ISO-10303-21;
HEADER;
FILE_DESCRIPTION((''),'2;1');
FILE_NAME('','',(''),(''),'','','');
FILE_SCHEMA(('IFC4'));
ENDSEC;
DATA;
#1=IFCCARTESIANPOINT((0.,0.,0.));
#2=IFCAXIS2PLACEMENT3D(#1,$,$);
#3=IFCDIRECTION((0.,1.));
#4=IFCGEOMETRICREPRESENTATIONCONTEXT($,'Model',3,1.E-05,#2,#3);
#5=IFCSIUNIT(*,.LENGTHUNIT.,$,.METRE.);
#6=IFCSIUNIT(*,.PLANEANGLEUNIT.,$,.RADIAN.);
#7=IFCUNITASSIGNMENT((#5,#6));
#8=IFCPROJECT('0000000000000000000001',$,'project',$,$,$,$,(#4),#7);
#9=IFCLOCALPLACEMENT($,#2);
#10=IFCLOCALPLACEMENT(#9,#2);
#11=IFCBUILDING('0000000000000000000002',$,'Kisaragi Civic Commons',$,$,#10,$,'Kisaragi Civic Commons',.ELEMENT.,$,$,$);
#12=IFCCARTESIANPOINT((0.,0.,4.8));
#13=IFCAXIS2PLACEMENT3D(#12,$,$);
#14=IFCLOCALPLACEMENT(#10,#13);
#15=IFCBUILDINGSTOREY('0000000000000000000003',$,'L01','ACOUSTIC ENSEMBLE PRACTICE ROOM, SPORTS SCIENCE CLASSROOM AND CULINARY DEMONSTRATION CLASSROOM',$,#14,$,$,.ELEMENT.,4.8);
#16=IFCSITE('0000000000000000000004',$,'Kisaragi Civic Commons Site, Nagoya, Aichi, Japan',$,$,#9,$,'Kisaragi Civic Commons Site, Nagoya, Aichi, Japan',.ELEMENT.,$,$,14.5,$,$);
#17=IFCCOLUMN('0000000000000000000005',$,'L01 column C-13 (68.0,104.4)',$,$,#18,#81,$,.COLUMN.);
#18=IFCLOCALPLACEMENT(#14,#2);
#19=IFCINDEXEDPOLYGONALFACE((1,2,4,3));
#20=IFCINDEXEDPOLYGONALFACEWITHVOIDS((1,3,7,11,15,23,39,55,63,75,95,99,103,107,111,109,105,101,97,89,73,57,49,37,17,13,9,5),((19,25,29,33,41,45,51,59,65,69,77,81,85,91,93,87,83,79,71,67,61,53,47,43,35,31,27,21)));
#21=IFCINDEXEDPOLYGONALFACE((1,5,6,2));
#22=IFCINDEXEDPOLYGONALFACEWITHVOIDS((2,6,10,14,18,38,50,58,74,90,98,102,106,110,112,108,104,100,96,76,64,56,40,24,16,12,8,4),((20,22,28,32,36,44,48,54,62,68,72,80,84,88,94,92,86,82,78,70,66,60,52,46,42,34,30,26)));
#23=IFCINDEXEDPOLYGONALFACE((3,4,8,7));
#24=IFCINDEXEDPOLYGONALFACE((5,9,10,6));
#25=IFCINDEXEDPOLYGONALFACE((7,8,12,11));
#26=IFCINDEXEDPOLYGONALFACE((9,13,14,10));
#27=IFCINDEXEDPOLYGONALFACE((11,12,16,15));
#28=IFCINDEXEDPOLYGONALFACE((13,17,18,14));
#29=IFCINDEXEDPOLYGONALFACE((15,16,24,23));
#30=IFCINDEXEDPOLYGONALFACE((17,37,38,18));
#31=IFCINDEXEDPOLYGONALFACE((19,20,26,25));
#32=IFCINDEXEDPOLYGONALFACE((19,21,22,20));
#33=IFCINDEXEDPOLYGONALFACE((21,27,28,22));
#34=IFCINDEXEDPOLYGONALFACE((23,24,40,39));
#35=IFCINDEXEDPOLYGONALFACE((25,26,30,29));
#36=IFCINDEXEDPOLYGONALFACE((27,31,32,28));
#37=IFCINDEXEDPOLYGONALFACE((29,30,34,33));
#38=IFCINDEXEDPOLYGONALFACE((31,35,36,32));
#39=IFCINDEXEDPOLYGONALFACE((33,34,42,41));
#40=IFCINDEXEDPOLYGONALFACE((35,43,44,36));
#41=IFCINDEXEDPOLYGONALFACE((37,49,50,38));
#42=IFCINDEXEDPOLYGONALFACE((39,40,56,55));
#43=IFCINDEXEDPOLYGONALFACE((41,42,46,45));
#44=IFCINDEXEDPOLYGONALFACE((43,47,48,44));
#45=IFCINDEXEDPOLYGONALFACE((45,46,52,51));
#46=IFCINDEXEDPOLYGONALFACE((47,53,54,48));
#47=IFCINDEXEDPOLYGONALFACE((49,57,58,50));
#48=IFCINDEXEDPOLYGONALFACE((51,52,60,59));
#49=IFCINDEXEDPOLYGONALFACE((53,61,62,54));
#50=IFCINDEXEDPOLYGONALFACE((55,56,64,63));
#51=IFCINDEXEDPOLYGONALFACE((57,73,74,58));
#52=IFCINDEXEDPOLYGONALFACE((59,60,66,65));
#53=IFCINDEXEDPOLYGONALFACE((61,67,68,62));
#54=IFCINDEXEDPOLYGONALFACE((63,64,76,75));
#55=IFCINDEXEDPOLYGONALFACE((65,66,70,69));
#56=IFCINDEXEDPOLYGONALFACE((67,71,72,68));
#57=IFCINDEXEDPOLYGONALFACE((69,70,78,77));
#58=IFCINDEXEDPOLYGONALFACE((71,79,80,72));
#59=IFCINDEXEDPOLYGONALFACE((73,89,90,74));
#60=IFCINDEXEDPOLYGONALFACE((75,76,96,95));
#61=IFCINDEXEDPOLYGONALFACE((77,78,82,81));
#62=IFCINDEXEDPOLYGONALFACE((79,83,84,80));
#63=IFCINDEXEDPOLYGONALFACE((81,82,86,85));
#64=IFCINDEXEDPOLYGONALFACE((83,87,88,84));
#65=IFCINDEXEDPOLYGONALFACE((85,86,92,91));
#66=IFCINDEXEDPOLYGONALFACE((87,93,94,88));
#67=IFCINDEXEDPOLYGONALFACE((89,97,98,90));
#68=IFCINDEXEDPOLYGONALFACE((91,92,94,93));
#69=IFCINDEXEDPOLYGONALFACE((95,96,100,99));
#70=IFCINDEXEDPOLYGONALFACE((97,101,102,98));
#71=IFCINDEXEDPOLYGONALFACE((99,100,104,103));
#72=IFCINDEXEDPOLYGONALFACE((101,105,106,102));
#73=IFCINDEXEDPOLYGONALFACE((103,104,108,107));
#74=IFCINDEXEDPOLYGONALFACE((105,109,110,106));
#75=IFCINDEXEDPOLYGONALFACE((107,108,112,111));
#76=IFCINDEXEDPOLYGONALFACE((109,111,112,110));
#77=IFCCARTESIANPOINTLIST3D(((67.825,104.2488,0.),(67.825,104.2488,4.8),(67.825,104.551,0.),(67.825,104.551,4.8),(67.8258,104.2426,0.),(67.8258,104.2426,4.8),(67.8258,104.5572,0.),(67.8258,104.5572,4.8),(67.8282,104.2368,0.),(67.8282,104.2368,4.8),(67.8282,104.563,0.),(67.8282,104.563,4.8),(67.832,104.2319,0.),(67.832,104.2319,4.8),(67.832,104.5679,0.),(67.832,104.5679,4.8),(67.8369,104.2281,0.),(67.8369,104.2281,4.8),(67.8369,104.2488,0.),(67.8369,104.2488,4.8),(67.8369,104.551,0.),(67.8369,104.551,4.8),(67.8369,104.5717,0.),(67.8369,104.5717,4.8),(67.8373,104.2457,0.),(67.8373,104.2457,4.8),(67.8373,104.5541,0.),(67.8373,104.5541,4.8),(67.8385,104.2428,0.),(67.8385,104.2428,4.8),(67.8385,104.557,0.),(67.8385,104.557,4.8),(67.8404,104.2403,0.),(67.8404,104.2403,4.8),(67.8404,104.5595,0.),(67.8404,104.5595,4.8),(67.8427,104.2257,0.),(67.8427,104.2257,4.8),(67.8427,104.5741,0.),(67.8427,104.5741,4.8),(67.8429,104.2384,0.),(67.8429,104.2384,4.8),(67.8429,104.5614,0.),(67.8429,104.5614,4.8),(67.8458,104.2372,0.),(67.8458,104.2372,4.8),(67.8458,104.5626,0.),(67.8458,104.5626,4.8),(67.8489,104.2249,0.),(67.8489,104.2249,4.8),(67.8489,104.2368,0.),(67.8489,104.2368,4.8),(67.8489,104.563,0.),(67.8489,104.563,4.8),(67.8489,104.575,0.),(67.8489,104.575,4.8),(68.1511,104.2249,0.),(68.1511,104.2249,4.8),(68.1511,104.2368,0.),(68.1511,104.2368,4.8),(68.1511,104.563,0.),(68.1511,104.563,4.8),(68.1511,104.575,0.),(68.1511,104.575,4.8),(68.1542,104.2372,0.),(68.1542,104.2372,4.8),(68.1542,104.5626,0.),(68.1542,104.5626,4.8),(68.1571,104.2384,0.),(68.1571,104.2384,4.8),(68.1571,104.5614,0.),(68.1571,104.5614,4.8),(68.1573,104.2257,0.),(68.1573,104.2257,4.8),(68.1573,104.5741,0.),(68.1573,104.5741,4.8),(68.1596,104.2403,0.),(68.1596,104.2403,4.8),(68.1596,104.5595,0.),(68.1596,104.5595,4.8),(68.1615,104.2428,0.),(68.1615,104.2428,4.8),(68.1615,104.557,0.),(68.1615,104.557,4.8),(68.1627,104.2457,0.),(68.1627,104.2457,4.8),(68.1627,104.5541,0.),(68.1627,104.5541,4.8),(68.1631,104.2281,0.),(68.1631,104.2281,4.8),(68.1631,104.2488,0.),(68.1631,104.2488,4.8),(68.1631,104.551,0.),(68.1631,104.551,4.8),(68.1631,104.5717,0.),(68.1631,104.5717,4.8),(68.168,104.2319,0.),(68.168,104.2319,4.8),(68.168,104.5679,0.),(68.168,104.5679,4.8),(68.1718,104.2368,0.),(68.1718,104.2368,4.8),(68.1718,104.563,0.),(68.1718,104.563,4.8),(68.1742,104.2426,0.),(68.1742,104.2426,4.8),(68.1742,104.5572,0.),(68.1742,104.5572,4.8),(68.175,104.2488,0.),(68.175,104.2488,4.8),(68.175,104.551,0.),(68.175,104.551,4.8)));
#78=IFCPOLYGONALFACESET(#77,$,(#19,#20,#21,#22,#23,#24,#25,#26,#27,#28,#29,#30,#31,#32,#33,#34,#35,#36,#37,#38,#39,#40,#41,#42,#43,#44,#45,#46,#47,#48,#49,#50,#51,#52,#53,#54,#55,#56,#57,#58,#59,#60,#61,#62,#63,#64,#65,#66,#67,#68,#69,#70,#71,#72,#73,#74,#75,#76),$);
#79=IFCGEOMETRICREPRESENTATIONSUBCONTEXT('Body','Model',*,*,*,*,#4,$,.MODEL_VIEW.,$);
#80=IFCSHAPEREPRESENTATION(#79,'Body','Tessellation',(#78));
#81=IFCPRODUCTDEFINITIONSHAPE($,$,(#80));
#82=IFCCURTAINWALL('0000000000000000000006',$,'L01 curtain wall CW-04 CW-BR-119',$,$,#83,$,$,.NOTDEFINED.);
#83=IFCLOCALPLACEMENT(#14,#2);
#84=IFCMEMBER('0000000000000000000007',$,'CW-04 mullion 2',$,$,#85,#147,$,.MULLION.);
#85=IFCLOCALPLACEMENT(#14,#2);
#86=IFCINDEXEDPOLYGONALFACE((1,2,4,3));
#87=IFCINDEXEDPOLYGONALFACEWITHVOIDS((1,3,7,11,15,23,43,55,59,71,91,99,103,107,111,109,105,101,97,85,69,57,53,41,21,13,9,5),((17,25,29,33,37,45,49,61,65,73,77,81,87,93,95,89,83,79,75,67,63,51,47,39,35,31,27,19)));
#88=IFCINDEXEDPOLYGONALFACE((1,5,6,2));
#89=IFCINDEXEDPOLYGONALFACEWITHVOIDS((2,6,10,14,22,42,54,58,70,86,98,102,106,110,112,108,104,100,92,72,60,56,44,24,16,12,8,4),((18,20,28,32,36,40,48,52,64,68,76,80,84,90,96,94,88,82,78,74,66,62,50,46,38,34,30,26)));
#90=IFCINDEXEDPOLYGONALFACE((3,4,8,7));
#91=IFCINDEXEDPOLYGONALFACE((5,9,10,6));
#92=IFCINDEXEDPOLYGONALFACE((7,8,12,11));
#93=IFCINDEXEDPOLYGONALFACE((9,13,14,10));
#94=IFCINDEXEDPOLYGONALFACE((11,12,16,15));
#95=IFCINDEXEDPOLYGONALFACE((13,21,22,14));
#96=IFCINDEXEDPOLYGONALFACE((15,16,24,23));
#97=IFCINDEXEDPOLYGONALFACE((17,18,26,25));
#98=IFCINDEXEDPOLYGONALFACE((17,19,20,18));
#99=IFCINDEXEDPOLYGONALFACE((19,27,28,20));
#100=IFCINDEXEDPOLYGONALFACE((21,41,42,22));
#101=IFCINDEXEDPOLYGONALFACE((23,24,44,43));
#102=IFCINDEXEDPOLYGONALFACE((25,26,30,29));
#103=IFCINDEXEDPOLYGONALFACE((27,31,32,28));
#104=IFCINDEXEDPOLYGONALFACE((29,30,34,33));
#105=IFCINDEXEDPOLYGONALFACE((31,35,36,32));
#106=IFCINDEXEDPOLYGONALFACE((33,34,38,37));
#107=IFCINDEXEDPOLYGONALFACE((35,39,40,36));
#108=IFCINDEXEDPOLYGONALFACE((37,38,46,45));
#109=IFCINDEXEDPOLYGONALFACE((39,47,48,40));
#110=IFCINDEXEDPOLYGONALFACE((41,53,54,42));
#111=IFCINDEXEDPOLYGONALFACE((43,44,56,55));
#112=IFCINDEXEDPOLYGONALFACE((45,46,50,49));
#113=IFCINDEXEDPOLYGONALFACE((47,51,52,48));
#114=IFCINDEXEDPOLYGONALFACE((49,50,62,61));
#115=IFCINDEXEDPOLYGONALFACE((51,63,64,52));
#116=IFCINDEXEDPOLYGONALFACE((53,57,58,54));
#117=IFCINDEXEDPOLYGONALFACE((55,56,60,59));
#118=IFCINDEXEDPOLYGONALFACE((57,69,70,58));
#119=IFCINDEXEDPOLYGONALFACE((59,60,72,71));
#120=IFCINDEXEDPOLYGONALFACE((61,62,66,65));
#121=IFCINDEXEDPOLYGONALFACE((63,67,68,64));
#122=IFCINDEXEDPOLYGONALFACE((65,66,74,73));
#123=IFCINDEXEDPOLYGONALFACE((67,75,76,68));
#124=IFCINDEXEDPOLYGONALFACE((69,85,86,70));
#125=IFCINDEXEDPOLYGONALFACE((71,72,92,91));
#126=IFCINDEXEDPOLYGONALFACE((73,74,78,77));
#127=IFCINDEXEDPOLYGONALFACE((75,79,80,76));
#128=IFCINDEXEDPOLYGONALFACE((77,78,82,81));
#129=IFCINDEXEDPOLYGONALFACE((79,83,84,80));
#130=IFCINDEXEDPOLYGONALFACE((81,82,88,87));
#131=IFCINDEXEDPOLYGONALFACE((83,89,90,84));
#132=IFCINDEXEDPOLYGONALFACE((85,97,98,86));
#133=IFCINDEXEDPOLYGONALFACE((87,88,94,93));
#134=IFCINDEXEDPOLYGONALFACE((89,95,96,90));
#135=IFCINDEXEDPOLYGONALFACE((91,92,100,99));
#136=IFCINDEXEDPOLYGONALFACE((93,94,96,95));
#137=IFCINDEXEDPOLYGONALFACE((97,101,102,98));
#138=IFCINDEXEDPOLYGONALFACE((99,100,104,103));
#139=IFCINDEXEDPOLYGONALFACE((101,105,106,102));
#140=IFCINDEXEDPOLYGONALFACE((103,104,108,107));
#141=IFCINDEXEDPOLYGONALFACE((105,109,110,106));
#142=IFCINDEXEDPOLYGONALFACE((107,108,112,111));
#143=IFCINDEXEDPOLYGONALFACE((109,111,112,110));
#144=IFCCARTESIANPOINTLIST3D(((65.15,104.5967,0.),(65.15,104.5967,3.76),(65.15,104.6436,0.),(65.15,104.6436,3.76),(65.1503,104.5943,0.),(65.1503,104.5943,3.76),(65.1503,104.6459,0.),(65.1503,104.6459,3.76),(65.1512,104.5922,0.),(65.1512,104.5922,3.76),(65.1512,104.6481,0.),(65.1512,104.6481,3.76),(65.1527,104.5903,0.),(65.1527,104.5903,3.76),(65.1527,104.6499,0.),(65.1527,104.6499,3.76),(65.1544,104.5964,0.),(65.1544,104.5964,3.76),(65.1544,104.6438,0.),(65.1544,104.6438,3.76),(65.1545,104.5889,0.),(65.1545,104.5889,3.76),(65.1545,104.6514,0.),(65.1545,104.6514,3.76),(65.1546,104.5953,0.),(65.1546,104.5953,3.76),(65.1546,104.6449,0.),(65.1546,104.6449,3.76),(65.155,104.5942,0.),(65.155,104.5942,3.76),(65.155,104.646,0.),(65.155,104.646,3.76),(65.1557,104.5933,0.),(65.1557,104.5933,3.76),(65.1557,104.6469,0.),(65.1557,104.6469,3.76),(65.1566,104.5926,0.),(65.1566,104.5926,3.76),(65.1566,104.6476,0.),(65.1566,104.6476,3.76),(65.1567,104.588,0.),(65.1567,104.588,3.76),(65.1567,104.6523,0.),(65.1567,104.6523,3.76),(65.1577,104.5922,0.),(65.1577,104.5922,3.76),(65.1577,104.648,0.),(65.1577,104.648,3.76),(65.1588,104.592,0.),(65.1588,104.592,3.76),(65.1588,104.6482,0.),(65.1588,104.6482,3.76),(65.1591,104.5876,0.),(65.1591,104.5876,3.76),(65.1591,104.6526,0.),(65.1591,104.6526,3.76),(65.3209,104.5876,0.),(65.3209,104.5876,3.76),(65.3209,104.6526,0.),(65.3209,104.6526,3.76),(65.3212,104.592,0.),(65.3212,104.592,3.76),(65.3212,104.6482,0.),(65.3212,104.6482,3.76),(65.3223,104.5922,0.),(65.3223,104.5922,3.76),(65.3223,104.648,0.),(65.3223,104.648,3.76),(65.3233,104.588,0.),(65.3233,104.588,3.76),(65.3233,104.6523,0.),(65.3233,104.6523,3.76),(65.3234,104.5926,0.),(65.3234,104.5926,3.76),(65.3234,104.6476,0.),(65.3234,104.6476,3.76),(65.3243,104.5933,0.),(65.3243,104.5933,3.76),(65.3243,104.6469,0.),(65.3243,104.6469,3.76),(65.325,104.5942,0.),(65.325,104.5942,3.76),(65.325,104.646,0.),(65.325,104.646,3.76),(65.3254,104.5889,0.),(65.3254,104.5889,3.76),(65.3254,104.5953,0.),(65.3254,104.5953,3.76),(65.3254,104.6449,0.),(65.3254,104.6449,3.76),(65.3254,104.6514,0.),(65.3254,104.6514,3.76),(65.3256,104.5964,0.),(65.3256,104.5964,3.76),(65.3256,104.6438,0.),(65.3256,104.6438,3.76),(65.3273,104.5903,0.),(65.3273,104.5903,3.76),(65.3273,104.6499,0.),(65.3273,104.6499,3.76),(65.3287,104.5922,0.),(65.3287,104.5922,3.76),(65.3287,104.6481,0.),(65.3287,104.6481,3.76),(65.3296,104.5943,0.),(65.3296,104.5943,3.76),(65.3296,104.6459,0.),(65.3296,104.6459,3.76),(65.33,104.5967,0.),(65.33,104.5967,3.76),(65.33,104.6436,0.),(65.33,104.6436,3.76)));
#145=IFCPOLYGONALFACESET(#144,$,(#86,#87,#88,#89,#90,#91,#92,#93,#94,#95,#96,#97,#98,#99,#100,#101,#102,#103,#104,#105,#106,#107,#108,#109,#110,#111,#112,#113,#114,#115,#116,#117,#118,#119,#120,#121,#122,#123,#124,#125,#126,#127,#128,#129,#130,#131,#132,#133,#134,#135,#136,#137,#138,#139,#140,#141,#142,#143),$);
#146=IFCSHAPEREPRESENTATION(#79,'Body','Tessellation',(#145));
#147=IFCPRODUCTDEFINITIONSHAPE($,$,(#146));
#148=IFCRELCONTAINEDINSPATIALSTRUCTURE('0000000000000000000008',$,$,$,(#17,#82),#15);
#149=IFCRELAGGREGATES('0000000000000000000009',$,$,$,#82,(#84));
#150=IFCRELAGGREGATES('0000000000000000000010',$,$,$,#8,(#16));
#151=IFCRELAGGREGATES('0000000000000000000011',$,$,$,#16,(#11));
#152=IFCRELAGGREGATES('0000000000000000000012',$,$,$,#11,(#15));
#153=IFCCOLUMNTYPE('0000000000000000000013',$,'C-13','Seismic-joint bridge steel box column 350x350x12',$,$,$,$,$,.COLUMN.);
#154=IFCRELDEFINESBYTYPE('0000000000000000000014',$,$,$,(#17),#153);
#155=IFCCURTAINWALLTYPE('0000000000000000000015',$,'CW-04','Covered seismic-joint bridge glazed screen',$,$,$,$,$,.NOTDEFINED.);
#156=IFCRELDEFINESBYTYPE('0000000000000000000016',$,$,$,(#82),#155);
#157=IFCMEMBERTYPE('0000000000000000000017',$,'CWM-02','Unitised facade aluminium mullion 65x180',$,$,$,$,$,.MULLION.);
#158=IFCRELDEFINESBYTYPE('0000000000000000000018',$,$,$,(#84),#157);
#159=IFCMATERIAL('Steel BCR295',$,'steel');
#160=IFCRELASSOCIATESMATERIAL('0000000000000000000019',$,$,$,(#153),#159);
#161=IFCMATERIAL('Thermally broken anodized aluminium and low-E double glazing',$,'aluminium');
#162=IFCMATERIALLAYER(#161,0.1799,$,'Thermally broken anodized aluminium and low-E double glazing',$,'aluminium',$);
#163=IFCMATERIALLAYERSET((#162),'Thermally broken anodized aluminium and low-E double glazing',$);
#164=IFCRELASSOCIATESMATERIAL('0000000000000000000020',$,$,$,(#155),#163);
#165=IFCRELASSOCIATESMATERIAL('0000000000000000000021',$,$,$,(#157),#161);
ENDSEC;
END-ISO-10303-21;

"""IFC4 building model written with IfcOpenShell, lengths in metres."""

from ifc_helpers import new_model, si_unit, direction, frame, origin, origin_2d, place, context, subcontext, project, spatial, hollow_rectangle, extrude, material, layer, layer_set, material_profile, profile_set, type_object, element, aggregate, save


model = new_model("IFC4")

# Units and contexts
model_context = context("Model", 3, precision=1e-05, world=origin(), true_north=direction((0.0, 1.0)))
body_context = subcontext(model_context, "Body", "Model", "MODEL_VIEW")
ifc_project = project(units=[si_unit("LENGTHUNIT", "METRE"), si_unit("PLANEANGLEUNIT", "RADIAN")], contexts=[model_context])

# Site, building, storey
site_placement = place(None, origin())
site = spatial("IfcSite", under=ifc_project, at=site_placement, Name="Kisaragi Civic Commons Site, Nagoya, Aichi, Japan", LongName="Kisaragi Civic Commons Site, Nagoya, Aichi, Japan", CompositionType="ELEMENT", RefElevation=14.5)
building_placement = place(site_placement, origin())
building = spatial("IfcBuilding", under=site, at=building_placement, Name="Kisaragi Civic Commons", LongName="Kisaragi Civic Commons", CompositionType="ELEMENT")
storey_placement = place(building_placement, frame((0.0, 0.0, 4.8)))
storey = spatial("IfcBuildingStorey", under=building, at=storey_placement, Name="L01", Description="ACOUSTIC ENSEMBLE PRACTICE ROOM, SPORTS SCIENCE CLASSROOM AND CULINARY DEMONSTRATION CLASSROOM", CompositionType="ELEMENT", Elevation=4.8)

# Column
ifc_material_1 = material(Name="Steel BCR295", Category="steel")
ifc_material_profile_1 = material_profile(ifc_material_1, hollow_rectangle(XDim=0.3501, YDim=0.3501, WallThickness=0.012, InnerFilletRadius=0.012, OuterFilletRadius=0.0239, at=origin_2d()), Name="BCR-350x350x12", Category="steel")
ifc_profile_set_1 = profile_set([ifc_material_profile_1], Name="Steel BCR295")
column_type = type_object("IfcColumnType", Name="C-13", Description="Seismic-joint bridge steel box column 350x350x12", PredefinedType="COLUMN", material=ifc_profile_set_1)
column_placement = place(storey_placement, frame((68.0, 104.3999, 0.0), z_axis=(0.0, 0.0, 1.0), x_axis=(1.0, 0.0, 0.0)))
element("IfcColumn", 1, at=column_placement, inside=storey, type_object=column_type, Name="L01 column C-13 (68.0,104.4)", PredefinedType="COLUMN", context=body_context, shape_type="SweptSolid", body=[
    extrude(hollow_rectangle(XDim=0.3501, YDim=0.3501, WallThickness=0.012, InnerFilletRadius=0.012, OuterFilletRadius=0.0239, at=origin_2d()), origin(), (0.0, 0.0, 1.0), 4.8),
])

# Curtain wall, member
ifc_material_2 = material(Name="Thermally broken anodized aluminium and low-E double glazing", Category="aluminium")
ifc_layer_1 = layer(ifc_material_2, 0.1799, Name="Thermally broken anodized aluminium and low-E double glazing", Category="aluminium")
ifc_layer_set_1 = layer_set([ifc_layer_1], Name="Thermally broken anodized aluminium and low-E double glazing")
curtain_wall_type = type_object("IfcCurtainWallType", Name="CW-04", Description="Covered seismic-joint bridge glazed screen", PredefinedType="NOTDEFINED", material=ifc_layer_set_1)
curtain_wall_1_placement = place(storey_placement, origin())
curtain_wall_1 = element("IfcCurtainWall", 2, at=curtain_wall_1_placement, inside=storey, type_object=curtain_wall_type, Name="L01 curtain wall CW-04 CW-BR-119", PredefinedType="NOTDEFINED")
ifc_material_profile_2 = material_profile(ifc_material_2, hollow_rectangle(XDim=0.0649, YDim=0.1799, WallThickness=0.0044, InnerFilletRadius=0.0044, OuterFilletRadius=0.009, at=origin_2d()), Name="CWM-65x180x4.5", Category="aluminium")
ifc_profile_set_2 = profile_set([ifc_material_profile_2], Name="Thermally broken anodized aluminium and low-E double glazing")
member_type_1 = type_object("IfcMemberType", Name="CWM-02", Description="Unitised facade aluminium mullion 65x180", PredefinedType="MULLION", material=ifc_profile_set_2)
member_1_placement = place(storey_placement, frame((65.24, 104.6201, 0.0), z_axis=(0.0, 0.0, 1.0), x_axis=(0.0, 1.0, 0.0)))
member_1 = element("IfcMember", 3, at=member_1_placement, type_object=member_type_1, Name="CW-04 mullion 2", PredefinedType="MULLION", context=body_context, shape_type="SweptSolid", body=[
    extrude(hollow_rectangle(XDim=0.0649, YDim=0.1799, WallThickness=0.0044, InnerFilletRadius=0.0044, OuterFilletRadius=0.009, at=origin_2d()), origin(), (0.0, 0.0, 1.0), 3.76),
])

aggregate(curtain_wall_1, [member_1])

save(model, "model.ifc")
